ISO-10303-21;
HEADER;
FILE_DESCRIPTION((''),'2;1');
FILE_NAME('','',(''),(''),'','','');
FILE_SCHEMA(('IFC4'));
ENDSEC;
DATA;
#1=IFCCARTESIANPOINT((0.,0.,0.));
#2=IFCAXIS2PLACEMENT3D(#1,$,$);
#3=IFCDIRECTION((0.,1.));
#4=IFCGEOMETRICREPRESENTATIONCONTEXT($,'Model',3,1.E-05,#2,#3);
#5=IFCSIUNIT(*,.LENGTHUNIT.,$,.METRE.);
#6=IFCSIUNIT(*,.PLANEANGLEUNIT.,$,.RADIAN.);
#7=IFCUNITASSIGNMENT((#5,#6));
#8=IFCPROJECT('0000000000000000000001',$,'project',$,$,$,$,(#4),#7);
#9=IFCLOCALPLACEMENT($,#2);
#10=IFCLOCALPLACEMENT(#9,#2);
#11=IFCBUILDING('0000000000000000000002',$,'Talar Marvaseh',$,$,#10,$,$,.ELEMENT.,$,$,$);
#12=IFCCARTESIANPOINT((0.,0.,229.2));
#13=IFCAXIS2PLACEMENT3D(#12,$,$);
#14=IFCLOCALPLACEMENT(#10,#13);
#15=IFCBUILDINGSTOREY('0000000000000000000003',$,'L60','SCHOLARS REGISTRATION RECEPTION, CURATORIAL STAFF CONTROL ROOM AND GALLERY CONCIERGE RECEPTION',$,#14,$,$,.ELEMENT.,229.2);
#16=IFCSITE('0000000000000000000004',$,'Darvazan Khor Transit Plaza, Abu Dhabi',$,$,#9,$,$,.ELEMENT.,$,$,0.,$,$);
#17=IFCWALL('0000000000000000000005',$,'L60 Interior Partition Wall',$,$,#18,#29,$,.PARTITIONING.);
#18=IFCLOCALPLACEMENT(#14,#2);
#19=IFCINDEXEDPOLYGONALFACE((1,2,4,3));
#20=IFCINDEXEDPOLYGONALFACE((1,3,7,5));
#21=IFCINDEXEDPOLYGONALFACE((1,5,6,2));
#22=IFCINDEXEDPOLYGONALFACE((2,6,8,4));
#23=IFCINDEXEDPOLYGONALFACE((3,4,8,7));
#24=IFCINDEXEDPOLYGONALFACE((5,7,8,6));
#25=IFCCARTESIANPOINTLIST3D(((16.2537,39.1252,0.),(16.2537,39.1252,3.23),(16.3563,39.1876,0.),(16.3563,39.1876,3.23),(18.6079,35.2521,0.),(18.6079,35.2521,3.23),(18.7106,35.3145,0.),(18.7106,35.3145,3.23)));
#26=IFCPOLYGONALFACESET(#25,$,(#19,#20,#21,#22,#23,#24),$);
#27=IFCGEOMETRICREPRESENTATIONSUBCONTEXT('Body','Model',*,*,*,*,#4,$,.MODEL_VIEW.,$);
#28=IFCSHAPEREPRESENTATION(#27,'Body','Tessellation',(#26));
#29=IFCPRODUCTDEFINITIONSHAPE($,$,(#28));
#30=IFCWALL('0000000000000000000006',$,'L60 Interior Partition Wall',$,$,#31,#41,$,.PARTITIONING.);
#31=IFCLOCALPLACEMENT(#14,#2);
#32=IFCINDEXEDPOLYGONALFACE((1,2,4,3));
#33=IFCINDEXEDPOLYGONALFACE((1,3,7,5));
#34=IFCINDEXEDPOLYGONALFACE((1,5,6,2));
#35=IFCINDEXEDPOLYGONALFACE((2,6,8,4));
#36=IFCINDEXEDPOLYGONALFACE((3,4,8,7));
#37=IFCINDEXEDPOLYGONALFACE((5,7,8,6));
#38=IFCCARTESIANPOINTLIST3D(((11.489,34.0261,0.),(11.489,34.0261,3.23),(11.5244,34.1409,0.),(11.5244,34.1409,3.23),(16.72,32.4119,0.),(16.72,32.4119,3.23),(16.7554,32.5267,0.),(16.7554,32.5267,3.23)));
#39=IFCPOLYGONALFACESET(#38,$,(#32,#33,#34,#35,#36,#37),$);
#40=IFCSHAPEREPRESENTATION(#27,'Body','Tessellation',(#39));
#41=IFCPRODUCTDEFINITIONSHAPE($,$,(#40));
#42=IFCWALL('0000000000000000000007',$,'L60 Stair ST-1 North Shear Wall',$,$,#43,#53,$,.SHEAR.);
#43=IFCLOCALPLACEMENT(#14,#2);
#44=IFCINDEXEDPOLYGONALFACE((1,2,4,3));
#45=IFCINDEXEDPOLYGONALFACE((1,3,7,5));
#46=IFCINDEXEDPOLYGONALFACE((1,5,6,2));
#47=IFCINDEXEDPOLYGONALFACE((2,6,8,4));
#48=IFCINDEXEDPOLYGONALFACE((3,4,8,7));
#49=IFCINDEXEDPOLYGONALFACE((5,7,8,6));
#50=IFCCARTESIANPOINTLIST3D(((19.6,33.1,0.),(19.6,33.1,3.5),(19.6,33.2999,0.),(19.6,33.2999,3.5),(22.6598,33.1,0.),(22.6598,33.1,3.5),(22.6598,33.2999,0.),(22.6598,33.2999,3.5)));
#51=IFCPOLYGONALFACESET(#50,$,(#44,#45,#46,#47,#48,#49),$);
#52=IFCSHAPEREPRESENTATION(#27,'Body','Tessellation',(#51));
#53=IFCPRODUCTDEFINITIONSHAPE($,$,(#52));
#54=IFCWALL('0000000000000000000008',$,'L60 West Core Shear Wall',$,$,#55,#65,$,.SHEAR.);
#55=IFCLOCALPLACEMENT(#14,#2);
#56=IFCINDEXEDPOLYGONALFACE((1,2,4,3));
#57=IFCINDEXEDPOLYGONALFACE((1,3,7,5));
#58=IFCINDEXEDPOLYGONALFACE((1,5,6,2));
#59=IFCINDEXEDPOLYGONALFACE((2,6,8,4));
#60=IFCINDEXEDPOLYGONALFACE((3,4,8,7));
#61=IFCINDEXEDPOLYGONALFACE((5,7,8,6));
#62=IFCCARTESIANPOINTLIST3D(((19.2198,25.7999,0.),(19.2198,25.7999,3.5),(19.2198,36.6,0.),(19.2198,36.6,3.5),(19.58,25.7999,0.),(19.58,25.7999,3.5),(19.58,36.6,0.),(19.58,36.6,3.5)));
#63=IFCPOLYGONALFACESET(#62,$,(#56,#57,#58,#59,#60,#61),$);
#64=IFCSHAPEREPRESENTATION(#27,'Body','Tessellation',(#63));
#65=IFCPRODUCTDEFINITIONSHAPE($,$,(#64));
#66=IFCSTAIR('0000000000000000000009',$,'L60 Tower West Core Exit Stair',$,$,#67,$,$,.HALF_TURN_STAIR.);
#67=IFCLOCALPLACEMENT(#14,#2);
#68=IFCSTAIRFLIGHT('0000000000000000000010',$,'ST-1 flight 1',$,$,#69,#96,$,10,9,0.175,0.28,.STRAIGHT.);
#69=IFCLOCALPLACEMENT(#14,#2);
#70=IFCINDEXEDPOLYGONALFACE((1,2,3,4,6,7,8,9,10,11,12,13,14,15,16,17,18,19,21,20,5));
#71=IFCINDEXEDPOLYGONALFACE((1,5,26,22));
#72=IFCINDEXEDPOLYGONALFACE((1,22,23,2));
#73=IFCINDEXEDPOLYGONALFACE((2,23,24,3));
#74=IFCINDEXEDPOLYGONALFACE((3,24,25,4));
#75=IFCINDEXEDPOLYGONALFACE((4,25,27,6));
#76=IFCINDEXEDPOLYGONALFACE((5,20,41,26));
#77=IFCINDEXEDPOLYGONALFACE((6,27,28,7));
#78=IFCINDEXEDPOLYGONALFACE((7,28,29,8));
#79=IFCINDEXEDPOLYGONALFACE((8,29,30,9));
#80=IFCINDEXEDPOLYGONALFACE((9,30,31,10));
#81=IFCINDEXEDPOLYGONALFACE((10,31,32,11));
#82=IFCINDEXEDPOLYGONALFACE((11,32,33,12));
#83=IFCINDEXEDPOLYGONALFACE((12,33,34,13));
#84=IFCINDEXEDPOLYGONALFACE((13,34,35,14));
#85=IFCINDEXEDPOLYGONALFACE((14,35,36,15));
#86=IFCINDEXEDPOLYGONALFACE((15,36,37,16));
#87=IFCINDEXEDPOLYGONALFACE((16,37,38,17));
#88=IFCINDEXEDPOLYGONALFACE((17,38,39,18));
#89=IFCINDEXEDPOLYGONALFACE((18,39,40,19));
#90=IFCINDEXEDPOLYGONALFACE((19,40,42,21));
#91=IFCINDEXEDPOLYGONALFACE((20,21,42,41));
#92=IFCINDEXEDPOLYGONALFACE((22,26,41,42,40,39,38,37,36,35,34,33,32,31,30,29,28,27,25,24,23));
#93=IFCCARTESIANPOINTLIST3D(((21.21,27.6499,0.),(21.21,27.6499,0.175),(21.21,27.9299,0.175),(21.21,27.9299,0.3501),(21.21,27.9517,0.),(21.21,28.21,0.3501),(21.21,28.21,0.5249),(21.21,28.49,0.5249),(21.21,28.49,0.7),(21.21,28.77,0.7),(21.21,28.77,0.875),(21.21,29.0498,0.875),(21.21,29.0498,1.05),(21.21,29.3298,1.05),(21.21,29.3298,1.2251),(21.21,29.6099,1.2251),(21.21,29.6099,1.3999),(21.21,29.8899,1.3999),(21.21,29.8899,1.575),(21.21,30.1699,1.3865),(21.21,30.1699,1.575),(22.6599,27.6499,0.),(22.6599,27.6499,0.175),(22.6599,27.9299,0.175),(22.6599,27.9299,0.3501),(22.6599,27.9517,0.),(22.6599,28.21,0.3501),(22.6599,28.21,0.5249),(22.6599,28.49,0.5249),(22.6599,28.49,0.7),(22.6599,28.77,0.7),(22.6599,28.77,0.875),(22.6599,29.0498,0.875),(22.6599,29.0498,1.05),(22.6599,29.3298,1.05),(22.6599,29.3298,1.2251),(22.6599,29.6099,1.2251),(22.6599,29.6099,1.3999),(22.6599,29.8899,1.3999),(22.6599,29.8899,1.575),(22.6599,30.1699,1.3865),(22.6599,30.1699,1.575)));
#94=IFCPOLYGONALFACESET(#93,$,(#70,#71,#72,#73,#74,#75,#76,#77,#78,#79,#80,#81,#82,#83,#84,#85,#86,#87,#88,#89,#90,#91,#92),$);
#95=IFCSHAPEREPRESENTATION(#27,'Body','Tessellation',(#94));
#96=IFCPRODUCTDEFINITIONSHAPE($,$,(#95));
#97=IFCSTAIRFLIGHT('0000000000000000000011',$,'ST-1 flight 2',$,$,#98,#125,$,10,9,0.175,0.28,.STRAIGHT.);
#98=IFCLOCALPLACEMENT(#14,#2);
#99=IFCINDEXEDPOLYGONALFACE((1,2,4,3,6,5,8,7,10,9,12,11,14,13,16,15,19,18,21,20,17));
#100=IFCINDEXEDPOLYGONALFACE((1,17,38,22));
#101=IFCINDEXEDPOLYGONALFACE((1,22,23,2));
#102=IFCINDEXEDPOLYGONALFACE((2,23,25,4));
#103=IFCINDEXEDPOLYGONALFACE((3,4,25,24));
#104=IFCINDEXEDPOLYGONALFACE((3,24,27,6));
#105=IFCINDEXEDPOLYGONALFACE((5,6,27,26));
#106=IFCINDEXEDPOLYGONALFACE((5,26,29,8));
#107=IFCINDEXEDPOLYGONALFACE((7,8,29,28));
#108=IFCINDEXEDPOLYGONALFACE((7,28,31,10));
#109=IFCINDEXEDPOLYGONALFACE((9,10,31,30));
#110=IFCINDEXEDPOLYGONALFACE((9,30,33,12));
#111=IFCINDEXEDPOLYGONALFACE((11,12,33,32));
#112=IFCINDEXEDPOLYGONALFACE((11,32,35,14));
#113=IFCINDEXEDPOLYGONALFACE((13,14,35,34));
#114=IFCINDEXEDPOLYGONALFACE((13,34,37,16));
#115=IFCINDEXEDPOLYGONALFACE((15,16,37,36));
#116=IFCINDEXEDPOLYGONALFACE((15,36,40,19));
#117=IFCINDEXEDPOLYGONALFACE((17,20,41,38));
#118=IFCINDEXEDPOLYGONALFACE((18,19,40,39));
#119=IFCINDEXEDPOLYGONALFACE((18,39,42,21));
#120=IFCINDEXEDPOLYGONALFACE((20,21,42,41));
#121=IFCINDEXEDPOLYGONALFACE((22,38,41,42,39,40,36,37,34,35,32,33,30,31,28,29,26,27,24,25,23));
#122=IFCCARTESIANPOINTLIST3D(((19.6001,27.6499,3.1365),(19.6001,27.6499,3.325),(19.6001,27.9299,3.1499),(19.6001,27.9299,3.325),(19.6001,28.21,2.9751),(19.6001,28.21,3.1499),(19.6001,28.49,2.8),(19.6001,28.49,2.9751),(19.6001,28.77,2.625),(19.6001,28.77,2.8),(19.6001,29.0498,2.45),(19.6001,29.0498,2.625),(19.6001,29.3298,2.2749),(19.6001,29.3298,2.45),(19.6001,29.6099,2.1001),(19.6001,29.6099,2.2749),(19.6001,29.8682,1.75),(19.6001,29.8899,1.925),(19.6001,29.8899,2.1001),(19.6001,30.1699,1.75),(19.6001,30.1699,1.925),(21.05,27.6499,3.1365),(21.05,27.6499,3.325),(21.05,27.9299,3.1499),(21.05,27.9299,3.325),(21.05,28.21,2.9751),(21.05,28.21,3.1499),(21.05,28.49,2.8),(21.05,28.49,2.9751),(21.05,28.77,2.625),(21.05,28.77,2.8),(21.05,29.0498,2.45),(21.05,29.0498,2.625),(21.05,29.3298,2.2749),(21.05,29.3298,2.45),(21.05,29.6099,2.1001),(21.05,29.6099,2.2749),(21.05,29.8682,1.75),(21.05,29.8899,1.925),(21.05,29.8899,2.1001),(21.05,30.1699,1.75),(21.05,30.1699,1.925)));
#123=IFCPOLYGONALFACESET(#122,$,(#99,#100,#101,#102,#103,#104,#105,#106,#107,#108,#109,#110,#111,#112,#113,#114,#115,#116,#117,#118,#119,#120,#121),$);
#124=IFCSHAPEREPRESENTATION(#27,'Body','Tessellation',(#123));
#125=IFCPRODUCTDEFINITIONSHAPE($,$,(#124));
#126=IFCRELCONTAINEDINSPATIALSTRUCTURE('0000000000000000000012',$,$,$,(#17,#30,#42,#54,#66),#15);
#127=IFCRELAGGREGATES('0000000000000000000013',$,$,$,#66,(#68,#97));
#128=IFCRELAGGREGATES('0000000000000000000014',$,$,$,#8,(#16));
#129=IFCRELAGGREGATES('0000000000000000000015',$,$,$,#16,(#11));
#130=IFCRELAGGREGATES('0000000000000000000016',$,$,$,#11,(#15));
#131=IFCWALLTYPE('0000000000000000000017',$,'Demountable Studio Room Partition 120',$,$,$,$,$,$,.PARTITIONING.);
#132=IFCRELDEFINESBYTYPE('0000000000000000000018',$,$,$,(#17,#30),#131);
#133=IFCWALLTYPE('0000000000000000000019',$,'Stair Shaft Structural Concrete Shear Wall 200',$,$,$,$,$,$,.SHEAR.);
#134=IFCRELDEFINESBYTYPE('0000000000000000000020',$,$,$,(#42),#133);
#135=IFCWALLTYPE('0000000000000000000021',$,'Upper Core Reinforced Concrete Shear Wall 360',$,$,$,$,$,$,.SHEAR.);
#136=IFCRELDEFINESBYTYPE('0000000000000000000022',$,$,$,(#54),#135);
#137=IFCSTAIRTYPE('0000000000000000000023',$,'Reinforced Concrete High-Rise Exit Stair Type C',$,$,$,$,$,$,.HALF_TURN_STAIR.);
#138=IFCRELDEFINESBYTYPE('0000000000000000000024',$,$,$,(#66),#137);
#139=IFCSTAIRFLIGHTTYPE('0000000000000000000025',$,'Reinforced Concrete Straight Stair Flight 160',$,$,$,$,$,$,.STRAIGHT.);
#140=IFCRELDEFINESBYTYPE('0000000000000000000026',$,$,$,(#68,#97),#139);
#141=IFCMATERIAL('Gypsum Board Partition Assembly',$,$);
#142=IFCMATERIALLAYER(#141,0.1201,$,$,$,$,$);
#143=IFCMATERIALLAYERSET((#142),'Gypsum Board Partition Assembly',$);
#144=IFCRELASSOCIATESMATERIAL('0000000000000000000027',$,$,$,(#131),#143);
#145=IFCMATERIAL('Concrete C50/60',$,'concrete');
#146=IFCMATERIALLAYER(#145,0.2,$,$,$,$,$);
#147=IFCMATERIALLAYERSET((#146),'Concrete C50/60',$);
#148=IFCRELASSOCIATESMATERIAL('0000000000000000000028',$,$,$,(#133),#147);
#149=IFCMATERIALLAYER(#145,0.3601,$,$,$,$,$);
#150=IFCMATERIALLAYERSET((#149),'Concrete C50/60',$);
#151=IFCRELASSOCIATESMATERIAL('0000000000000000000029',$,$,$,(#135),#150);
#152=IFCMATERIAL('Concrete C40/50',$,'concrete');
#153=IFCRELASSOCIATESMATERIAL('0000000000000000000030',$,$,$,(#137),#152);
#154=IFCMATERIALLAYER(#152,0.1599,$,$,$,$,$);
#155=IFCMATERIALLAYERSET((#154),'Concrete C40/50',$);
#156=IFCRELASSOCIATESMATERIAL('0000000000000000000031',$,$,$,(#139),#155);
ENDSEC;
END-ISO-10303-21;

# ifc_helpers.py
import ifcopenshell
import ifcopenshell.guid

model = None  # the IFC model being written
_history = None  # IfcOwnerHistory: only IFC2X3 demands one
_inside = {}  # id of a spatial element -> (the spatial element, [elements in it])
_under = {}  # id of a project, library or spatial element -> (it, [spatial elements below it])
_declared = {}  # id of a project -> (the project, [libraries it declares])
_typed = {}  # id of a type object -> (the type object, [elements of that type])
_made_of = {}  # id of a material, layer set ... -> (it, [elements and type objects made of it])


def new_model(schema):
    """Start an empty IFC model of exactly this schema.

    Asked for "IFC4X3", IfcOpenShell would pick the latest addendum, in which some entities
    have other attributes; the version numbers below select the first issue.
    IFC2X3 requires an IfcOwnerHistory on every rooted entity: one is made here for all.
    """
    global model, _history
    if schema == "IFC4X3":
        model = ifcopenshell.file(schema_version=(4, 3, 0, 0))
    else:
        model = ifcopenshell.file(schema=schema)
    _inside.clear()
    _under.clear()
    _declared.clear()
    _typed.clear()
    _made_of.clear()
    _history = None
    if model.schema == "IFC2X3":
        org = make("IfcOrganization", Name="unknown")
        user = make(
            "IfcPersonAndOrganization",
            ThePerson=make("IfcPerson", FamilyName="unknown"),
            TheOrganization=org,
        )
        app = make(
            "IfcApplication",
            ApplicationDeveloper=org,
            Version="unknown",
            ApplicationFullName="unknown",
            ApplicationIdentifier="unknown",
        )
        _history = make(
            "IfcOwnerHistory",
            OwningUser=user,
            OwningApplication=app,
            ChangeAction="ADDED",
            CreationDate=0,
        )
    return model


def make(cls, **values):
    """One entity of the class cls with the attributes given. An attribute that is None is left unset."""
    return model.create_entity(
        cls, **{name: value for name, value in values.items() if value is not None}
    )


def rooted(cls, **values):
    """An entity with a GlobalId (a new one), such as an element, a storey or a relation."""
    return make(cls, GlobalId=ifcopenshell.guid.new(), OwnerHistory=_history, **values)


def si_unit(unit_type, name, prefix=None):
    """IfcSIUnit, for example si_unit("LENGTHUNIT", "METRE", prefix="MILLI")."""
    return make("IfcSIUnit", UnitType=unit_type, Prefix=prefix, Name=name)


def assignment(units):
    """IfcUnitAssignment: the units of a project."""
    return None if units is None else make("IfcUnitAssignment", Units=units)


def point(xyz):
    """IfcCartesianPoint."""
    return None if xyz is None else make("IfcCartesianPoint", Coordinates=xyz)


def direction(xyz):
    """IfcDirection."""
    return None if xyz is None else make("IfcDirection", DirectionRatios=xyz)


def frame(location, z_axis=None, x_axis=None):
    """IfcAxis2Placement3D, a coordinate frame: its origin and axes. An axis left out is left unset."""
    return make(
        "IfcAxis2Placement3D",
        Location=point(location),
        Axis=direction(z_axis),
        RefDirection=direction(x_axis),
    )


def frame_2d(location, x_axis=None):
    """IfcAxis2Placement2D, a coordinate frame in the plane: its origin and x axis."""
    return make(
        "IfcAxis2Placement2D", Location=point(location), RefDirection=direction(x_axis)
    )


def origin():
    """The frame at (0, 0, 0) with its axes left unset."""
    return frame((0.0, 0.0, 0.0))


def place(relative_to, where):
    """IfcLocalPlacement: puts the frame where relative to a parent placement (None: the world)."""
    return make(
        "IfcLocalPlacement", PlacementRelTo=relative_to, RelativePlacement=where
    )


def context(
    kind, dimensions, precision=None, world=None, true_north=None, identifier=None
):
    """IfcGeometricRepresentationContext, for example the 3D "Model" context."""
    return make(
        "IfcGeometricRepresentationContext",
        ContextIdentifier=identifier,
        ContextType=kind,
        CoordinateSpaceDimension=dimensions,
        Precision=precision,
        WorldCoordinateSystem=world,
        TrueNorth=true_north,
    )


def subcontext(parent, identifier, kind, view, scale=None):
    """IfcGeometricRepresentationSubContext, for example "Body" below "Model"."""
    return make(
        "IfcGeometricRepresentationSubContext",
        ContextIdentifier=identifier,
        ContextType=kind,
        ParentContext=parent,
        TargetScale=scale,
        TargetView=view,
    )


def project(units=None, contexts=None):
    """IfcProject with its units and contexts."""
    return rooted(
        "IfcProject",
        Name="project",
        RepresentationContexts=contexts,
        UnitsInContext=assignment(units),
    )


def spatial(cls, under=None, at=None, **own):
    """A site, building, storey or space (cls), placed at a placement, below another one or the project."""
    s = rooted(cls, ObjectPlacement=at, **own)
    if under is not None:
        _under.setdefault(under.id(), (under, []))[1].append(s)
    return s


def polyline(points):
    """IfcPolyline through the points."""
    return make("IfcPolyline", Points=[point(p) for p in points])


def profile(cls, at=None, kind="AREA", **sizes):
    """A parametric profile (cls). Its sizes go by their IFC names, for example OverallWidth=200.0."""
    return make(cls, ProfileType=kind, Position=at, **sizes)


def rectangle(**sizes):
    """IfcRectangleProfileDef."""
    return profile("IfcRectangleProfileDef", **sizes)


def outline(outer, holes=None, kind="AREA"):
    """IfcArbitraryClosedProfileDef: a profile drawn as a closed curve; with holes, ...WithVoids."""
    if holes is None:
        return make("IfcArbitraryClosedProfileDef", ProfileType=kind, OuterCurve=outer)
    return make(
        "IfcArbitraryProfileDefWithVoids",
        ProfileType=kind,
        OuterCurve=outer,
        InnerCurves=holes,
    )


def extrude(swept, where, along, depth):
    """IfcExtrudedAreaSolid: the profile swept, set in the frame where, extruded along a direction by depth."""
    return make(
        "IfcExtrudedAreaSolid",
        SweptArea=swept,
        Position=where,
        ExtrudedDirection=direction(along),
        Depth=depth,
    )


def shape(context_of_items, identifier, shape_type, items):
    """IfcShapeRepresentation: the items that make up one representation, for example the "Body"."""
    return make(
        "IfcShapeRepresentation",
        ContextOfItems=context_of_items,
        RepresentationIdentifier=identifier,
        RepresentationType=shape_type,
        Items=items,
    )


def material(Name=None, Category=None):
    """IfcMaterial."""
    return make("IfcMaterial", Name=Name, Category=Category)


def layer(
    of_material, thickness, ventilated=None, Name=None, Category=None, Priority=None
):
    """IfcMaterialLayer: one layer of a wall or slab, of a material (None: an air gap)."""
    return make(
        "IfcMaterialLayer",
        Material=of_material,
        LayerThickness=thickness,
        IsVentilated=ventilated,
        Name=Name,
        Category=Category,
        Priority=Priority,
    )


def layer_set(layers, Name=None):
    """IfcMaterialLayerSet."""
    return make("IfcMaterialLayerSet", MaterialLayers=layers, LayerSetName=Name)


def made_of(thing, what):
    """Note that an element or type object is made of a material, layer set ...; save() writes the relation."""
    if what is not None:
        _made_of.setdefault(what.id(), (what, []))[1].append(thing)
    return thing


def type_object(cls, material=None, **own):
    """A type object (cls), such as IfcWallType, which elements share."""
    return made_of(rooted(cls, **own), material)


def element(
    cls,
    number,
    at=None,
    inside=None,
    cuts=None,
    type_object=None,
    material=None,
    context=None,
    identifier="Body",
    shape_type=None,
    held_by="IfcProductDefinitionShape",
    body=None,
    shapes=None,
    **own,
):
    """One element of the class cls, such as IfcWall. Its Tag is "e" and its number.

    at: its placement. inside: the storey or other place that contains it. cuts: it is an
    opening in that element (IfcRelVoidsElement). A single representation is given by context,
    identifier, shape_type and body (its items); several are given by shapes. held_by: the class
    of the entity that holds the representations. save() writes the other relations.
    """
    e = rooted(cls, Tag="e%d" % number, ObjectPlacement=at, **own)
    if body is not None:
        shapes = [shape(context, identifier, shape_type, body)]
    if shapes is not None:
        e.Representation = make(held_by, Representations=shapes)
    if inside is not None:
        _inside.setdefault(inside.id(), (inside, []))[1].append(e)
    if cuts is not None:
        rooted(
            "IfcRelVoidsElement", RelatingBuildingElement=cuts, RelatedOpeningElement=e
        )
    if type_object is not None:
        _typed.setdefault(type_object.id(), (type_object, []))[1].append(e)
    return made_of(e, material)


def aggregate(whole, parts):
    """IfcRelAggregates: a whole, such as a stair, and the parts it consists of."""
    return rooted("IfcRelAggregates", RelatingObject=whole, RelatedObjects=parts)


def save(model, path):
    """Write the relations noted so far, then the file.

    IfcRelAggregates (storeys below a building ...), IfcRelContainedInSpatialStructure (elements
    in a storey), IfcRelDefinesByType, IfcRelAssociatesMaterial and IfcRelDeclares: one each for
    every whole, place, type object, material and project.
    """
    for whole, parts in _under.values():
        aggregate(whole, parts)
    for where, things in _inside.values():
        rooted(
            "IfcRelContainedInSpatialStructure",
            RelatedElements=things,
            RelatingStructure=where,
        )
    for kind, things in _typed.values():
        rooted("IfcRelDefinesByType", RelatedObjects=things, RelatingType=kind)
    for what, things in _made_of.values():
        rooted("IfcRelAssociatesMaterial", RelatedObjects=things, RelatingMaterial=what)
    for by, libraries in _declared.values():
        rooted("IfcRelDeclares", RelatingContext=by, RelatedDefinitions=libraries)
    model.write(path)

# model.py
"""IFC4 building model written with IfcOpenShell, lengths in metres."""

from ifc_helpers import new_model, si_unit, direction, frame, frame_2d, origin, place, context, subcontext, project, spatial, polyline, rectangle, outline, extrude, material, layer, layer_set, type_object, element, aggregate, save


model = new_model("IFC4")

# Units and contexts
model_context = context("Model", 3, precision=1e-05, world=origin(), true_north=direction((0.0, 1.0)))
body_context = subcontext(model_context, "Body", "Model", "MODEL_VIEW")
ifc_project = project(units=[si_unit("LENGTHUNIT", "METRE"), si_unit("PLANEANGLEUNIT", "RADIAN")], contexts=[model_context])

# Site, building, storey
site_placement = place(None, origin())
site = spatial("IfcSite", under=ifc_project, at=site_placement, Name="Darvazan Khor Transit Plaza, Abu Dhabi", CompositionType="ELEMENT", RefElevation=0.0)
building_placement = place(site_placement, origin())
building = spatial("IfcBuilding", under=site, at=building_placement, Name="Talar Marvaseh", CompositionType="ELEMENT")
storey_placement = place(building_placement, frame((0.0, 0.0, 229.2)))
storey = spatial("IfcBuildingStorey", under=building, at=storey_placement, Name="L60", Description="SCHOLARS REGISTRATION RECEPTION, CURATORIAL STAFF CONTROL ROOM AND GALLERY CONCIERGE RECEPTION", CompositionType="ELEMENT", Elevation=229.2)

# Walls
ifc_material_1 = material(Name="Gypsum Board Partition Assembly")
ifc_layer_1 = layer(ifc_material_1, 0.1201)
ifc_layer_set_1 = layer_set([ifc_layer_1], Name="Gypsum Board Partition Assembly")
wall_type_1 = type_object("IfcWallType", Name="Demountable Studio Room Partition 120", PredefinedType="PARTITIONING", material=ifc_layer_set_1)
wall_1_placement = place(storey_placement, frame((18.6592, 35.2834, 0.0), z_axis=(0.0, 0.0, 1.0), x_axis=(-0.519422, 0.854518, 0.0)))
element("IfcWall", 1, at=wall_1_placement, inside=storey, type_object=wall_type_1, Name="L60 Interior Partition Wall", PredefinedType="PARTITIONING", context=body_context, shape_type="SweptSolid", body=[
    extrude(rectangle(XDim=4.5325, YDim=0.1201, at=frame_2d((2.2661, 0.0))), origin(), (0.0, 0.0, 1.0), 3.23),
])
wall_2_placement = place(storey_placement, frame((16.7378, 32.4692, 0.0), z_axis=(0.0, 0.0, 1.0), x_axis=(-0.955536, 0.294875, 0.0)))
element("IfcWall", 2, at=wall_2_placement, inside=storey, type_object=wall_type_1, Name="L60 Interior Partition Wall", PredefinedType="PARTITIONING", context=body_context, shape_type="SweptSolid", body=[
    extrude(rectangle(XDim=5.4744, YDim=0.1201, at=frame_2d((2.7373, 0.0))), origin(), (0.0, 0.0, 1.0), 3.23),
])
ifc_material_2 = material(Name="Concrete C50/60", Category="concrete")
ifc_layer_2 = layer(ifc_material_2, 0.2)
ifc_layer_set_2 = layer_set([ifc_layer_2], Name="Concrete C50/60")
wall_type_2 = type_object("IfcWallType", Name="Stair Shaft Structural Concrete Shear Wall 200", PredefinedType="SHEAR", material=ifc_layer_set_2)
wall_3_placement = place(storey_placement, frame((19.6001, 33.2, 0.0), z_axis=(0.0, 0.0, 1.0), x_axis=(1.0, 0.0, 0.0)))
element("IfcWall", 3, at=wall_3_placement, inside=storey, type_object=wall_type_2, Name="L60 Stair ST-1 North Shear Wall", PredefinedType="SHEAR", context=body_context, shape_type="SweptSolid", body=[
    extrude(rectangle(XDim=3.0598, YDim=0.2, at=frame_2d((1.5298, 0.0))), origin(), (0.0, 0.0, 1.0), 3.5),
])
ifc_layer_3 = layer(ifc_material_2, 0.3601)
ifc_layer_set_3 = layer_set([ifc_layer_3], Name="Concrete C50/60")
wall_type_3 = type_object("IfcWallType", Name="Upper Core Reinforced Concrete Shear Wall 360", PredefinedType="SHEAR", material=ifc_layer_set_3)
wall_4_placement = place(storey_placement, frame((19.3999, 25.8, 0.0), z_axis=(0.0, 0.0, 1.0), x_axis=(0.0, 1.0, 0.0)))
element("IfcWall", 4, at=wall_4_placement, inside=storey, type_object=wall_type_3, Name="L60 West Core Shear Wall", PredefinedType="SHEAR", context=body_context, shape_type="SweptSolid", body=[
    extrude(rectangle(XDim=10.8, YDim=0.3601, at=frame_2d((5.3999, 0.0))), origin(), (0.0, 0.0, 1.0), 3.5),
])

# Stair, stair flights
ifc_material_3 = material(Name="Concrete C40/50", Category="concrete")
stair_type = type_object("IfcStairType", Name="Reinforced Concrete High-Rise Exit Stair Type C", PredefinedType="HALF_TURN_STAIR", material=ifc_material_3)
stair_placement = place(storey_placement, origin())
stair = element("IfcStair", 5, at=stair_placement, inside=storey, type_object=stair_type, Name="L60 Tower West Core Exit Stair", PredefinedType="HALF_TURN_STAIR")
ifc_layer_4 = layer(ifc_material_3, 0.1599)
ifc_layer_set_4 = layer_set([ifc_layer_4], Name="Concrete C40/50")
stair_flight_type = type_object("IfcStairFlightType", Name="Reinforced Concrete Straight Stair Flight 160", PredefinedType="STRAIGHT", material=ifc_layer_set_4)
stair_flight_1_placement = place(storey_placement, frame((21.9351, 27.6499, 0.0), z_axis=(0.0, 0.0, 1.0), x_axis=(0.0, 1.0, 0.0)))
stair_flight_1 = element("IfcStairFlight", 6, at=stair_flight_1_placement, type_object=stair_flight_type, Name="ST-1 flight 1", NumberOfRisers=10, NumberOfTreads=9, PredefinedType="STRAIGHT", RiserHeight=0.175, TreadLength=0.28, context=body_context, shape_type="SweptSolid", body=[
    extrude(outline(polyline([(0.0, 0.0), (0.0, 0.175), (0.28, 0.175), (0.28, 0.3501), (0.5601, 0.3501), (0.5601, 0.5249), (0.8401, 0.5249), (0.8401, 0.7), (1.1201, 0.7), (1.1201, 0.875), (1.3999, 0.875), (1.3999, 1.05), (1.6799, 1.05), (1.6799, 1.2251), (1.96, 1.2251), (1.96, 1.3999), (2.24, 1.3999), (2.24, 1.575), (2.52, 1.575), (2.52, 1.75), (2.52, 1.3865), (0.3018, 0.0), (0.0, 0.0)])), frame((0.0, 0.7251, 0.0), z_axis=(0.0, -1.0, 0.0), x_axis=(1.0, 0.0, 0.0)), (0.0, 0.0, 1.0), 1.45),
])
stair_flight_2_placement = place(storey_placement, frame((20.325, 30.1699, 1.75), z_axis=(0.0, 0.0, 1.0), x_axis=(0.0, -1.0, 0.0)))
stair_flight_2 = element("IfcStairFlight", 7, at=stair_flight_2_placement, type_object=stair_flight_type, Name="ST-1 flight 2", NumberOfRisers=10, NumberOfTreads=9, PredefinedType="STRAIGHT", RiserHeight=0.175, TreadLength=0.28, context=body_context, shape_type="SweptSolid", body=[
    extrude(outline(polyline([(0.0, 0.0), (0.0, 0.175), (0.28, 0.175), (0.28, 0.3501), (0.5601, 0.3501), (0.5601, 0.5249), (0.8401, 0.5249), (0.8401, 0.7), (1.1201, 0.7), (1.1201, 0.875), (1.3999, 0.875), (1.3999, 1.05), (1.6799, 1.05), (1.6799, 1.2251), (1.96, 1.2251), (1.96, 1.3999), (2.24, 1.3999), (2.24, 1.575), (2.52, 1.575), (2.52, 1.75), (2.52, 1.3865), (0.3018, 0.0), (0.0, 0.0)])), frame((0.0, 0.7251, 0.0), z_axis=(0.0, -1.0, 0.0), x_axis=(1.0, 0.0, 0.0)), (0.0, 0.0, 1.0), 1.45),
])
aggregate(stair, [stair_flight_1, stair_flight_2])

save(model, "model.ifc")
